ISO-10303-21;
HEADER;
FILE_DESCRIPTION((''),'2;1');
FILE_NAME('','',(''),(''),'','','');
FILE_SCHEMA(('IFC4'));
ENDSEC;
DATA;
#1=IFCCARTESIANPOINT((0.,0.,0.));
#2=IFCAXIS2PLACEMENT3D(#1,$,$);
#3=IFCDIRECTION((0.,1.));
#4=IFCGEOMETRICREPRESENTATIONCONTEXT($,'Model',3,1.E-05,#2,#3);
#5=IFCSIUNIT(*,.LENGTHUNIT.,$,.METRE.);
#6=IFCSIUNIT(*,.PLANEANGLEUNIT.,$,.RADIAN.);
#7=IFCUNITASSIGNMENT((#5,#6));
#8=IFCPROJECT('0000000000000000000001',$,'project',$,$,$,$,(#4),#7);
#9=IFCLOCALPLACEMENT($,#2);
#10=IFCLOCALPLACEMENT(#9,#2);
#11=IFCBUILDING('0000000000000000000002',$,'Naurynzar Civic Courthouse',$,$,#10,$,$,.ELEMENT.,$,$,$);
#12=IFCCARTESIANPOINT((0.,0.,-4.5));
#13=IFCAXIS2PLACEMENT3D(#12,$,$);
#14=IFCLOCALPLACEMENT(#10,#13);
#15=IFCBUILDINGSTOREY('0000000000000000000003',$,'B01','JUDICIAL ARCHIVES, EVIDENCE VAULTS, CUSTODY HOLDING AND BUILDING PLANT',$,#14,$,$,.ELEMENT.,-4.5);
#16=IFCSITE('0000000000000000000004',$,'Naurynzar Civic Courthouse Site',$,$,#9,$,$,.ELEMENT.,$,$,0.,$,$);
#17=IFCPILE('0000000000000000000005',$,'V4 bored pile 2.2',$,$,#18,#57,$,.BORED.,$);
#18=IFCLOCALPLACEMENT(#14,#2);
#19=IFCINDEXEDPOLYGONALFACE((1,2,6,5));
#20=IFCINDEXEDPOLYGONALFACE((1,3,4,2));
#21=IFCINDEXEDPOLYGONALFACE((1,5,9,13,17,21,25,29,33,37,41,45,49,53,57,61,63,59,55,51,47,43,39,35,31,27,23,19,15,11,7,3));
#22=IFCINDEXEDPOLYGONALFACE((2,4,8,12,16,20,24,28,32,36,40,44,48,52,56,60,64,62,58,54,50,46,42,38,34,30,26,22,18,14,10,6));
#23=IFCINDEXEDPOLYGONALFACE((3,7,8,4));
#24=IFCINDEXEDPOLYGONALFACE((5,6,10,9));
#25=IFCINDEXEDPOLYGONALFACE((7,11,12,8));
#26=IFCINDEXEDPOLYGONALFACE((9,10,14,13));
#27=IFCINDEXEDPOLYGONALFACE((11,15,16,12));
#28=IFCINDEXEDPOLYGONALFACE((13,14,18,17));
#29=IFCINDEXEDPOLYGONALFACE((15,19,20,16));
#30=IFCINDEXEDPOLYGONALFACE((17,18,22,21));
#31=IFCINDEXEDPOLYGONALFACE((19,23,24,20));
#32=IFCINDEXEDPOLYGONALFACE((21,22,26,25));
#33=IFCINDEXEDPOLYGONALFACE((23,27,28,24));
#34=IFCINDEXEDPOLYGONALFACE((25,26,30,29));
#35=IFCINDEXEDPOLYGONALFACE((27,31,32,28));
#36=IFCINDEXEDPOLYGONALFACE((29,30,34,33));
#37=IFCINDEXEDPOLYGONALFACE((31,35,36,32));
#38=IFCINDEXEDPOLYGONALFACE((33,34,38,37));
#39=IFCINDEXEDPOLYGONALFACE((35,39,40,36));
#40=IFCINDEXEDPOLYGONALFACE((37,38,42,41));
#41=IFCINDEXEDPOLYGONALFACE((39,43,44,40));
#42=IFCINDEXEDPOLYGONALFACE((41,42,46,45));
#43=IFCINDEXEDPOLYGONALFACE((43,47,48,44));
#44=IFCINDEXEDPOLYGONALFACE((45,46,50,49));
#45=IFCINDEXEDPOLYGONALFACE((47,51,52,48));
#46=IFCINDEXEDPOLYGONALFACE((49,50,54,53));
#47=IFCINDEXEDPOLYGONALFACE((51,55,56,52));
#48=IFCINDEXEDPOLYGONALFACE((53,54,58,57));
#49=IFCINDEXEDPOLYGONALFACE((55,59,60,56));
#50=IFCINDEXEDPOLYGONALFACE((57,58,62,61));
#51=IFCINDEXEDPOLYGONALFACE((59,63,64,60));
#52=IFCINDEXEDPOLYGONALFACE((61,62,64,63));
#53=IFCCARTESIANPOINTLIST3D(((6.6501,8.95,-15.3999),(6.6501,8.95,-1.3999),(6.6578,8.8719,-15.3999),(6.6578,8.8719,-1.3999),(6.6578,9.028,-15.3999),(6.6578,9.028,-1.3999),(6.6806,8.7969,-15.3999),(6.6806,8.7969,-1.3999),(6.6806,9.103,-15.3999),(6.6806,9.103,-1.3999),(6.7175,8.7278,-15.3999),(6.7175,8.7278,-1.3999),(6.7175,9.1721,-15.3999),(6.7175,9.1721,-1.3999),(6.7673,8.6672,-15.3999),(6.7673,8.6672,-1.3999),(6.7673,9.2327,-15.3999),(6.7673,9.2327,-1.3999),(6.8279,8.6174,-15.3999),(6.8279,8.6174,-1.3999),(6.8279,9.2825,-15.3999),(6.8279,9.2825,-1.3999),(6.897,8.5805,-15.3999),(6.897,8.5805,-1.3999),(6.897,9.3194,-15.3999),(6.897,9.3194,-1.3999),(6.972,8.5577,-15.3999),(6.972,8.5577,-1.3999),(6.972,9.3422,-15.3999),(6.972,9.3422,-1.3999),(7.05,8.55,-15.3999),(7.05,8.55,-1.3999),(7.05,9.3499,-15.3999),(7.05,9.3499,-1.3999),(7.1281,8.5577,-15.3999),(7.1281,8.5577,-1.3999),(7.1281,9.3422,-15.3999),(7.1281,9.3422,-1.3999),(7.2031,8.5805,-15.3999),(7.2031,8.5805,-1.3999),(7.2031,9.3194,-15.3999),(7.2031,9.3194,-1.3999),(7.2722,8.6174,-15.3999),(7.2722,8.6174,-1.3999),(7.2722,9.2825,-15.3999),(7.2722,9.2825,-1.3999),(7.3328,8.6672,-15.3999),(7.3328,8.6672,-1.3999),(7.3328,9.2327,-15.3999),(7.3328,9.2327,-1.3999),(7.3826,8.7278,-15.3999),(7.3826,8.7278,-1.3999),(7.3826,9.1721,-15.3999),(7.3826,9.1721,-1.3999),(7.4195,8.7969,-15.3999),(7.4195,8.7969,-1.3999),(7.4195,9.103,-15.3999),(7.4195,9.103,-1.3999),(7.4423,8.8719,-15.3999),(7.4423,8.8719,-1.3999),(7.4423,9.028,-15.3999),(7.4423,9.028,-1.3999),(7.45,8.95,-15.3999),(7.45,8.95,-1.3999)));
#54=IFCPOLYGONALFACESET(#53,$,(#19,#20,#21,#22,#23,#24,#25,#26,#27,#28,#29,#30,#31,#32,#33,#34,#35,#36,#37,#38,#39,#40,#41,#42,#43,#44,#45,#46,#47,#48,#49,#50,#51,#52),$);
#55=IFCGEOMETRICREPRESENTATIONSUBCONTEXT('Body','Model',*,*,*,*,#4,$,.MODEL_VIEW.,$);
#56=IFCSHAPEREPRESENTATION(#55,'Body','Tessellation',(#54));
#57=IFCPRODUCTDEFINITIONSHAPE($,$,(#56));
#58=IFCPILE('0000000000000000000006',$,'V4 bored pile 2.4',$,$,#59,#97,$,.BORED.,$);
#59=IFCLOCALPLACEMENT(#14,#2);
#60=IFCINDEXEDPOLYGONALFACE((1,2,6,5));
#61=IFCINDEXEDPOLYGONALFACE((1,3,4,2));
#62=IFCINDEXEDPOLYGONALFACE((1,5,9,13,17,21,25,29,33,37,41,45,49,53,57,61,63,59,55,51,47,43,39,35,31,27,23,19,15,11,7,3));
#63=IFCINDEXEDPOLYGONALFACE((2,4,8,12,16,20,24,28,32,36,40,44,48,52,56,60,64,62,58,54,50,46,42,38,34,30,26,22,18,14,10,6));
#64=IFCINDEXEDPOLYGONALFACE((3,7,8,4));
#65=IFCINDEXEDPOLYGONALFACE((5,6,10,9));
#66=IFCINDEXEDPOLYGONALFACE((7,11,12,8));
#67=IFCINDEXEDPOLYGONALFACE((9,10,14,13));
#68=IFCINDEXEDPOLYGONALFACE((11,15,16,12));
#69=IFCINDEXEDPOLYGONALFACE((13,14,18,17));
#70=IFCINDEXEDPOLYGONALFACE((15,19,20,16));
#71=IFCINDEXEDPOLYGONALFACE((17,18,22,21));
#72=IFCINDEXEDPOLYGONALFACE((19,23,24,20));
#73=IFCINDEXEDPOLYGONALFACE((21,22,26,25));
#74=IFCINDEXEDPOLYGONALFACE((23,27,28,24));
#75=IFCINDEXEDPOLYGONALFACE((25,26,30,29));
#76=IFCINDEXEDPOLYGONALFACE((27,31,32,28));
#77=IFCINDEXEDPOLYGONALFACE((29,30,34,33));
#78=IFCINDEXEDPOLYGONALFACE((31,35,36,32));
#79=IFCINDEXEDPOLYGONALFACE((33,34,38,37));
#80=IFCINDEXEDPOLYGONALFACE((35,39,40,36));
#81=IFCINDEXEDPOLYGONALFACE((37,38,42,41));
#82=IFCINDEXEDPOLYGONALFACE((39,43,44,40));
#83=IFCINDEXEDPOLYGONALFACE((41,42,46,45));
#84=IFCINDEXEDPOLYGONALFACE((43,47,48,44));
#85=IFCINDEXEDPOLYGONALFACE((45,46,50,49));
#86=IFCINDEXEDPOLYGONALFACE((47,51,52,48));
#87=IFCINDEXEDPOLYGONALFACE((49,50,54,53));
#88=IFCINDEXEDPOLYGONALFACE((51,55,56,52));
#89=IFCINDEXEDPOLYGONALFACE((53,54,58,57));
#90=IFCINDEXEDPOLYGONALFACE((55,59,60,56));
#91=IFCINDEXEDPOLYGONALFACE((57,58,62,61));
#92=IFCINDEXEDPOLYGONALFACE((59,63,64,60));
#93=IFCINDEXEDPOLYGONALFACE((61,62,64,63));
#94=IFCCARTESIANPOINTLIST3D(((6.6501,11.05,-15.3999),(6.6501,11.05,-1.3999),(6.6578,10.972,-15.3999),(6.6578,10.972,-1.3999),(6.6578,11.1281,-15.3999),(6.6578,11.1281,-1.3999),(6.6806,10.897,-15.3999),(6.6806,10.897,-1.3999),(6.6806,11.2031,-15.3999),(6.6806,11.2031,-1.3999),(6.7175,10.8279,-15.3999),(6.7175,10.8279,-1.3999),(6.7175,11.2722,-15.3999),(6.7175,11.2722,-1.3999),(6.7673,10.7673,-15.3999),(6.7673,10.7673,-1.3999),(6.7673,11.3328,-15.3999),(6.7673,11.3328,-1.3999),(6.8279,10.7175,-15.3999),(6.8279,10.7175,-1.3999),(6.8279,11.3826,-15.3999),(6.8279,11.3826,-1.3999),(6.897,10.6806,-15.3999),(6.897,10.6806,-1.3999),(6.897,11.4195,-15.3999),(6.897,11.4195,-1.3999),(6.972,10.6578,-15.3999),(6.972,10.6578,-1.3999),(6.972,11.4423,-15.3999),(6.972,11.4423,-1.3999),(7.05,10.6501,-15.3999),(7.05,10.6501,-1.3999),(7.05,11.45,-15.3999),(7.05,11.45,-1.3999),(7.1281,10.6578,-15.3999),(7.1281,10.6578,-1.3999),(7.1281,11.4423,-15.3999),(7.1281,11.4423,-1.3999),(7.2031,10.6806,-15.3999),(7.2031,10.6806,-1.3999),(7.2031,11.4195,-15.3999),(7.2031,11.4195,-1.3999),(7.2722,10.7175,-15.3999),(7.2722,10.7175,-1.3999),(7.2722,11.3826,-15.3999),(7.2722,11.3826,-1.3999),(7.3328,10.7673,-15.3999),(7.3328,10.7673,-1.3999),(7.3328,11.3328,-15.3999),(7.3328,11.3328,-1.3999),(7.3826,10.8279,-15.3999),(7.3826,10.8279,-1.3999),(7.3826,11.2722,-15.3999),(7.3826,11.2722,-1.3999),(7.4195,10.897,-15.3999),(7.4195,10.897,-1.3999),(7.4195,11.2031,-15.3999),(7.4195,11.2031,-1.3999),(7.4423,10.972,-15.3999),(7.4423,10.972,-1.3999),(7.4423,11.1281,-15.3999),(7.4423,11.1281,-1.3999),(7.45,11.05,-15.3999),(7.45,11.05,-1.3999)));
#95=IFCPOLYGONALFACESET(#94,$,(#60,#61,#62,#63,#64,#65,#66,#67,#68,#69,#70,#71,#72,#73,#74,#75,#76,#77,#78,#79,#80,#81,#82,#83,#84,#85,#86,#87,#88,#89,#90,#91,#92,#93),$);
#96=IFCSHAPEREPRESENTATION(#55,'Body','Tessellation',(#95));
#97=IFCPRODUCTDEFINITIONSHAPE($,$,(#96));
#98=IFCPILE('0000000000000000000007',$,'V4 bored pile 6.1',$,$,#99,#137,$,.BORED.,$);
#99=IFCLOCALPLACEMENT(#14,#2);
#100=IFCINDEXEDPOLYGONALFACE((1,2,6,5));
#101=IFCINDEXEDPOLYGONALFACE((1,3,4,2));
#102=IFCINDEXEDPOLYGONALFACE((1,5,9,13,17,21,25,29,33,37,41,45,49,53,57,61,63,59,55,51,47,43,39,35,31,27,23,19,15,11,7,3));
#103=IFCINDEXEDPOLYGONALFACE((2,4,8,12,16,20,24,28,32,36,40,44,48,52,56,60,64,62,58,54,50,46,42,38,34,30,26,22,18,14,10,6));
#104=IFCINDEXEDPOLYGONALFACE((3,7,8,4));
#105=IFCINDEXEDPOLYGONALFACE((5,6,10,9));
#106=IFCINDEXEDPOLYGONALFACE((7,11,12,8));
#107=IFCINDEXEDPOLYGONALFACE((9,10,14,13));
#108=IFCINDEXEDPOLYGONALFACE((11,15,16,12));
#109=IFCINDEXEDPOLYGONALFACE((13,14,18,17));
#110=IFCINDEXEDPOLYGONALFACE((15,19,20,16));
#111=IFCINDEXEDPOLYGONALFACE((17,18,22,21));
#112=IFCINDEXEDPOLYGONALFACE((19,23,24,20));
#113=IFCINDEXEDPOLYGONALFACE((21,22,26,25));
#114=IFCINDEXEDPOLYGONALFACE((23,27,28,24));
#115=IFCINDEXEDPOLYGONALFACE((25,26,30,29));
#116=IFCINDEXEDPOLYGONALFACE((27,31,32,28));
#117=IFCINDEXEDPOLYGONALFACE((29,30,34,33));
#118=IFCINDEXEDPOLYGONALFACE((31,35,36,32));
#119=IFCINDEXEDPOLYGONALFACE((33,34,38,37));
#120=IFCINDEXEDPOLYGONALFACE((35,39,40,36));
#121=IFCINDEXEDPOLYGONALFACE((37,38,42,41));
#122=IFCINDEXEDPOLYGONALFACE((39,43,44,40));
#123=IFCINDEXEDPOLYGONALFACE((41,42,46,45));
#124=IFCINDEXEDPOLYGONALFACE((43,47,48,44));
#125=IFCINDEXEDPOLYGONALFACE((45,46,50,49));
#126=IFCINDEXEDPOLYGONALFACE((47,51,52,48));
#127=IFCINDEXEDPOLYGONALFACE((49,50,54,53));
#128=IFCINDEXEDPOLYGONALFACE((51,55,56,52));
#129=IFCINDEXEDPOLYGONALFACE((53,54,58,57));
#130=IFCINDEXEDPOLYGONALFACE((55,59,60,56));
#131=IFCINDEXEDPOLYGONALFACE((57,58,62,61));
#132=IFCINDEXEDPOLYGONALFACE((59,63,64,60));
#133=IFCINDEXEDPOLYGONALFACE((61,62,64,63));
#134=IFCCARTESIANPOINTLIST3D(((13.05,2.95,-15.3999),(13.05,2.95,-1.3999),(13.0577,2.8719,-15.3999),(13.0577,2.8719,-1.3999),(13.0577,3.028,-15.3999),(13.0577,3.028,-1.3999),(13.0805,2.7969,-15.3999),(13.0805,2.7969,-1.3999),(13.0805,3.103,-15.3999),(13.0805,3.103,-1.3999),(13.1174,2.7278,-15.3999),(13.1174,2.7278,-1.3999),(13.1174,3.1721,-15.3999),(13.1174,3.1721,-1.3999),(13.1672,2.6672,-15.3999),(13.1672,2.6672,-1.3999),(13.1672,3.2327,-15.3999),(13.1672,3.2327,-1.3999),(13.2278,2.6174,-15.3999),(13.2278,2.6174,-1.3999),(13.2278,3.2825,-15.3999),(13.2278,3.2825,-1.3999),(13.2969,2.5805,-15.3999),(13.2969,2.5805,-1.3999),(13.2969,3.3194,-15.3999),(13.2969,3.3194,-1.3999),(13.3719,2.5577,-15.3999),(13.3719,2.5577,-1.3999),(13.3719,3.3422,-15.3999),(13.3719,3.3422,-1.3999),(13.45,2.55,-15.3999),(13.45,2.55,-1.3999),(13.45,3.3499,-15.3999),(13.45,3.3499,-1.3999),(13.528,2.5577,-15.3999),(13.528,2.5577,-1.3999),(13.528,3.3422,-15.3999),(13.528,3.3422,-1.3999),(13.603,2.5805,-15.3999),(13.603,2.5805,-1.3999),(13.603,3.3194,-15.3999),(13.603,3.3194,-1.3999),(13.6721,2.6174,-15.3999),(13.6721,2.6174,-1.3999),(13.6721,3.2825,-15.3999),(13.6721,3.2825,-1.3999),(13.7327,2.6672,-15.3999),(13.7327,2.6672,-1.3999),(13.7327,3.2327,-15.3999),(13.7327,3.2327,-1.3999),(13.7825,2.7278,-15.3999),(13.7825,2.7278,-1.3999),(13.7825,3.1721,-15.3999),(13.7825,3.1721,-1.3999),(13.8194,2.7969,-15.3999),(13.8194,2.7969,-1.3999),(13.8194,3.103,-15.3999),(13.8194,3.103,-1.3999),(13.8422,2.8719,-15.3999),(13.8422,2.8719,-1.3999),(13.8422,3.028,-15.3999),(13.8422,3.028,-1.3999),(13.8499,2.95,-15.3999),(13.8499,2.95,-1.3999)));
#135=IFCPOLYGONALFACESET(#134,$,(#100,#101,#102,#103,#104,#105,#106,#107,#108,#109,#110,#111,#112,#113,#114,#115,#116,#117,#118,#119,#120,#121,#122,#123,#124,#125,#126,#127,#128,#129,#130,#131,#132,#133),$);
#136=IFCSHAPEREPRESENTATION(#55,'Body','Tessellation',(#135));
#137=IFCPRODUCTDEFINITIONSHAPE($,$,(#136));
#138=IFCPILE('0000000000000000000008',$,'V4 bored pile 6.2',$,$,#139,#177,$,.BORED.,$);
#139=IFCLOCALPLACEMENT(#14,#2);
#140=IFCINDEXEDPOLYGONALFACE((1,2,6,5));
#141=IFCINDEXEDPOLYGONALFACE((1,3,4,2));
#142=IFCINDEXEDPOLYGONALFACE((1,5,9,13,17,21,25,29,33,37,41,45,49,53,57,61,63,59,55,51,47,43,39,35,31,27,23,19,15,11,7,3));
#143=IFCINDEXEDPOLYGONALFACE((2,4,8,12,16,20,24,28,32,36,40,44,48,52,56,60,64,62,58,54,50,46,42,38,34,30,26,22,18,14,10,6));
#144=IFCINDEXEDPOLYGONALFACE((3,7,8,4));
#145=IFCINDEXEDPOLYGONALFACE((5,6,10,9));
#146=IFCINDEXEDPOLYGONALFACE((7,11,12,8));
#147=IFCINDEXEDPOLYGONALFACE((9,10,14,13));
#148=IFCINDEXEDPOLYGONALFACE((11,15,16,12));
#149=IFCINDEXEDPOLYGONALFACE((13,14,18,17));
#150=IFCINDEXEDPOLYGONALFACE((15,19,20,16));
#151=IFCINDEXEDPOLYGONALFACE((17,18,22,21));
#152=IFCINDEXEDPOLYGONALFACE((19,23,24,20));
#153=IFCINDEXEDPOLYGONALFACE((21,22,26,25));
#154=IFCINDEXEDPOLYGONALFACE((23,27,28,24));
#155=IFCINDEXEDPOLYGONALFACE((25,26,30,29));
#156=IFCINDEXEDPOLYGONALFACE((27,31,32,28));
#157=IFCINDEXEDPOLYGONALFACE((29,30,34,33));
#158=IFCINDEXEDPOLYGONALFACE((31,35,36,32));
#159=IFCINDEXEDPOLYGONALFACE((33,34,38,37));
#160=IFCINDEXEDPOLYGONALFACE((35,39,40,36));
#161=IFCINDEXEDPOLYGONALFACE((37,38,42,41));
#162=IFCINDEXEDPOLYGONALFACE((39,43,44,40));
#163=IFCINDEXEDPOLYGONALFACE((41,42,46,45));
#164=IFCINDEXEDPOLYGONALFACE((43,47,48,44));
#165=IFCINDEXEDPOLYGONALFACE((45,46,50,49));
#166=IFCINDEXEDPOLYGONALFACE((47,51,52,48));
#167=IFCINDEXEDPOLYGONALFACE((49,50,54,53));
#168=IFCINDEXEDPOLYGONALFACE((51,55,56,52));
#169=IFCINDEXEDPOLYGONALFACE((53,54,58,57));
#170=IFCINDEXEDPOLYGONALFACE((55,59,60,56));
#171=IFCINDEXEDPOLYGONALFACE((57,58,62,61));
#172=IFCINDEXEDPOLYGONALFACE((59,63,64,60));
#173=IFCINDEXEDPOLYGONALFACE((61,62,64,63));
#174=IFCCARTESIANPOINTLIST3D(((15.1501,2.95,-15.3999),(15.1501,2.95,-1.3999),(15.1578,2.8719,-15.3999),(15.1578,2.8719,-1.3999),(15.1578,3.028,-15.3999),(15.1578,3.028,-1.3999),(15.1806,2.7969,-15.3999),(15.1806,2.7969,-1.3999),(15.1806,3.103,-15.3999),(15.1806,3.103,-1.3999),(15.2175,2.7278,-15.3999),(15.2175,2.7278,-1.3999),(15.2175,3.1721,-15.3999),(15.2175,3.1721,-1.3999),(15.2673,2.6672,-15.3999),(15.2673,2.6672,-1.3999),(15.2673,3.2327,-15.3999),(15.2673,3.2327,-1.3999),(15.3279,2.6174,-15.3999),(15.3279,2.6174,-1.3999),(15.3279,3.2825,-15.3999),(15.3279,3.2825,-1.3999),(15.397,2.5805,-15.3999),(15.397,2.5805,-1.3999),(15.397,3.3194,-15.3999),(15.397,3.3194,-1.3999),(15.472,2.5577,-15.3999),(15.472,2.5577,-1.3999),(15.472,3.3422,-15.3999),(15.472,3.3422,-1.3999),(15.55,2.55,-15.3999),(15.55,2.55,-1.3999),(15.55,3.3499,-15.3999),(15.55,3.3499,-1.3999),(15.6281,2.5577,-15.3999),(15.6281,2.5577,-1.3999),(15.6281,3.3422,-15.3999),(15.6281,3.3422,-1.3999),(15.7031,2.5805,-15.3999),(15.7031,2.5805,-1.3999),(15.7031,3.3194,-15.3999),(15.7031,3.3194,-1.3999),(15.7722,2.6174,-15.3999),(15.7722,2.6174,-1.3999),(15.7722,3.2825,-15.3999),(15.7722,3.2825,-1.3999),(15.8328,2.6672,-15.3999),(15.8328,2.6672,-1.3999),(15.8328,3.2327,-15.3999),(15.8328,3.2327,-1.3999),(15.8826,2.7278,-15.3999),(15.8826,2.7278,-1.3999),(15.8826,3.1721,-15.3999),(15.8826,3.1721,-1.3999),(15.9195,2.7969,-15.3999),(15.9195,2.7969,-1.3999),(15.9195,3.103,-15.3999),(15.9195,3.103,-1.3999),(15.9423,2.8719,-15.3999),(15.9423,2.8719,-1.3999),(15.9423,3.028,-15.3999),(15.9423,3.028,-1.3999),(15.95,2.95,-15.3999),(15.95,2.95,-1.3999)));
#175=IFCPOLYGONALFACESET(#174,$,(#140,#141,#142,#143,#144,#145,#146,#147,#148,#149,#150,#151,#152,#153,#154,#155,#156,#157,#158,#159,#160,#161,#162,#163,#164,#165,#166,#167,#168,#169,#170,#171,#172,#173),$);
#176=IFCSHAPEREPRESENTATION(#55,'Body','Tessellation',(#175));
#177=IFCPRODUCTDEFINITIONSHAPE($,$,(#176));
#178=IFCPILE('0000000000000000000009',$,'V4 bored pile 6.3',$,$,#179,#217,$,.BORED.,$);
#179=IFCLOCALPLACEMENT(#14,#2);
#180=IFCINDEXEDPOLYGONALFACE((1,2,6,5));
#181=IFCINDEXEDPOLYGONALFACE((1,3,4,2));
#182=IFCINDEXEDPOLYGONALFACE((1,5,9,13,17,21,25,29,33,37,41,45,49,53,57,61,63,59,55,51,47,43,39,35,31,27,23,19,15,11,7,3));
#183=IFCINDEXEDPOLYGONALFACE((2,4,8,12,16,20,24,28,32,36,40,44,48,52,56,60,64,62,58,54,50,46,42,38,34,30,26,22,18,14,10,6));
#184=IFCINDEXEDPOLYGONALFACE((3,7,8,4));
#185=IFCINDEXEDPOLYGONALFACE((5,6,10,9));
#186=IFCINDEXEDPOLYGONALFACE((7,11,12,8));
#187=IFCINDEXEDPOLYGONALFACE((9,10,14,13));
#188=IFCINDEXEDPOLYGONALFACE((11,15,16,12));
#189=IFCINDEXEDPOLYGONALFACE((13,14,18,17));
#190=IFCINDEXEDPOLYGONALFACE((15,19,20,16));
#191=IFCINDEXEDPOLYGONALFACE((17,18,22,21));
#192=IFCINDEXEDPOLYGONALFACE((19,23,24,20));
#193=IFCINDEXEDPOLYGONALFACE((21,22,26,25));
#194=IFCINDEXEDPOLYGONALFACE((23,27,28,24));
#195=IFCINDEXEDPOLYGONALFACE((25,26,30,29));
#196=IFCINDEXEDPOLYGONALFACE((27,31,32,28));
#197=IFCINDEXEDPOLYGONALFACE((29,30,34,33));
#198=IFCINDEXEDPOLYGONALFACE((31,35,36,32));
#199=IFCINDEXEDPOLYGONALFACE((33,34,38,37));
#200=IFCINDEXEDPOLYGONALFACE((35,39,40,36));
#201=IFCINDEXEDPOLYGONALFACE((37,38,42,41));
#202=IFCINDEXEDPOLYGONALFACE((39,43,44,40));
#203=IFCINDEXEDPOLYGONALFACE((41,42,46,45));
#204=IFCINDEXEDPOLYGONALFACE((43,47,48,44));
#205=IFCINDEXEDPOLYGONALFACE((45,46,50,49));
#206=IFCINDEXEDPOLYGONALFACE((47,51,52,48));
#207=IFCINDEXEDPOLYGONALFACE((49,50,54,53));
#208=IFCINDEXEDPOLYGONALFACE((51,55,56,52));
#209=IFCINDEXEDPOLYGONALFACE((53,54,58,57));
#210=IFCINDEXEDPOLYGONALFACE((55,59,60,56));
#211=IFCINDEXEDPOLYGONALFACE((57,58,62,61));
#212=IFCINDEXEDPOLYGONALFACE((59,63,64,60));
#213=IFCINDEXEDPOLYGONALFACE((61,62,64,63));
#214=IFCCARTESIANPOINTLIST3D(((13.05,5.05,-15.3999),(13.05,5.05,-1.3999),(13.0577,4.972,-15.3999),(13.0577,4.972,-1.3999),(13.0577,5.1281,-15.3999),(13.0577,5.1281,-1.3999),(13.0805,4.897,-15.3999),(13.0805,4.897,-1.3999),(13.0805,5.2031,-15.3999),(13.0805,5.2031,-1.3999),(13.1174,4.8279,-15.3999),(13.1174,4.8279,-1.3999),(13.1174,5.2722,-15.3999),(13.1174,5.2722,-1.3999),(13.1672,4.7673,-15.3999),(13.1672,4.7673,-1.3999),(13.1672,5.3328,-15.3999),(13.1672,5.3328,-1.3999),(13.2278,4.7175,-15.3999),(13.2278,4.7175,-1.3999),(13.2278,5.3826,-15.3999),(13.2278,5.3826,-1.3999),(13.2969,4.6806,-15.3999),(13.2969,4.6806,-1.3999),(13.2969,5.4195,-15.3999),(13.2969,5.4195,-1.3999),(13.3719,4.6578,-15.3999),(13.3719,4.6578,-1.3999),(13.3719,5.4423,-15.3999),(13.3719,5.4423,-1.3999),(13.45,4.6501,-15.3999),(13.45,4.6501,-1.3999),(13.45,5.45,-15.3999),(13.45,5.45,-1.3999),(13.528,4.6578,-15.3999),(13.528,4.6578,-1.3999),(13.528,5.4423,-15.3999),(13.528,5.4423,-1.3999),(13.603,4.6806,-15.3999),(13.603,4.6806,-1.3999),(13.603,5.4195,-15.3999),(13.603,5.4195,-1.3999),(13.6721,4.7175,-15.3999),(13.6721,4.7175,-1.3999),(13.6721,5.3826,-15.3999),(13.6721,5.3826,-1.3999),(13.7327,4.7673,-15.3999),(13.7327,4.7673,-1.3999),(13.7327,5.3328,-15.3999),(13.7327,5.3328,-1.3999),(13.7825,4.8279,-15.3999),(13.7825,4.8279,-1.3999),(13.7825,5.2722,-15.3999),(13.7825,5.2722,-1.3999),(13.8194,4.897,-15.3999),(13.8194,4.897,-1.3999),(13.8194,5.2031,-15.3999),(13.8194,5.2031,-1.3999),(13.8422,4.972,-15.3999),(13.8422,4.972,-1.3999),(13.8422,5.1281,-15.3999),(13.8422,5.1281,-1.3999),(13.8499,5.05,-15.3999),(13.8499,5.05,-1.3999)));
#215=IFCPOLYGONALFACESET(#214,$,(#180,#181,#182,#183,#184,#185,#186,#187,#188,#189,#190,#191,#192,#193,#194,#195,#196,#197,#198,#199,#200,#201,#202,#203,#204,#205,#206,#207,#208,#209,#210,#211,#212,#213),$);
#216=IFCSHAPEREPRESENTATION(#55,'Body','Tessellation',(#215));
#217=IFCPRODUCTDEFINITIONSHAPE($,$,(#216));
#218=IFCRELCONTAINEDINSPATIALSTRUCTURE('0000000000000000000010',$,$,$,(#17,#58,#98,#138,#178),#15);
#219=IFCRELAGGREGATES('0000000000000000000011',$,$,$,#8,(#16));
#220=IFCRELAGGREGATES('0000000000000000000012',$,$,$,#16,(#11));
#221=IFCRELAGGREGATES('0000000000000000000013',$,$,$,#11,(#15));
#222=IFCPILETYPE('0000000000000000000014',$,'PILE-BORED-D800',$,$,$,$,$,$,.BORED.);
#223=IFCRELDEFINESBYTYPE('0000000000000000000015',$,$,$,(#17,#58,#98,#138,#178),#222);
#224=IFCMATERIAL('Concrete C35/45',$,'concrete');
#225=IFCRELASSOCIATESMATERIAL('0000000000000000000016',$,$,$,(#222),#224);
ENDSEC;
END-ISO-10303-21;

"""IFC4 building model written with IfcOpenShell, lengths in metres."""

from ifc_helpers import new_model, si_unit, direction, frame, origin, origin_2d, place, context, subcontext, project, spatial, circle, extrude, material, material_profile, profile_set, type_object, element, save


model = new_model("IFC4")

# Units and contexts
model_context = context("Model", 3, precision=1e-05, world=origin(), true_north=direction((0.0, 1.0)))
body_context = subcontext(model_context, "Body", "Model", "MODEL_VIEW")
ifc_project = project(units=[si_unit("LENGTHUNIT", "METRE"), si_unit("PLANEANGLEUNIT", "RADIAN")], contexts=[model_context])

# Site, building, storey
site_placement = place(None, origin())
site = spatial("IfcSite", under=ifc_project, at=site_placement, Name="Naurynzar Civic Courthouse Site", CompositionType="ELEMENT", RefElevation=0.0)
building_placement = place(site_placement, origin())
building = spatial("IfcBuilding", under=site, at=building_placement, Name="Naurynzar Civic Courthouse", CompositionType="ELEMENT")
storey_placement = place(building_placement, frame((0.0, 0.0, -4.5)))
storey = spatial("IfcBuildingStorey", under=building, at=storey_placement, Name="B01", Description="JUDICIAL ARCHIVES, EVIDENCE VAULTS, CUSTODY HOLDING AND BUILDING PLANT", CompositionType="ELEMENT", Elevation=-4.5)

# Piles
ifc_material_1 = material(Name="Concrete C35/45", Category="concrete")
ifc_material_profile_1 = material_profile(ifc_material_1, circle(Radius=0.3999, at=origin_2d()), Name="PILE D800")
ifc_profile_set_1 = profile_set([ifc_material_profile_1], Name="Concrete C35/45")
pile_type = type_object("IfcPileType", Name="PILE-BORED-D800", PredefinedType="BORED", material=ifc_profile_set_1)
for number, where, z_axis, x_axis, name in (
    (1, (7.05, 8.95, -1.3999), (0.0, 0.0, -1.0), (1.0, 0.0, 0.0), "V4 bored pile 2.2"),
    (2, (7.05, 11.05, -1.3999), (0.0, 0.0, -1.0), (1.0, 0.0, 0.0), "V4 bored pile 2.4"),
    (3, (13.45, 2.95, -1.3999), (0.0, 0.0, -1.0), (1.0, 0.0, 0.0), "V4 bored pile 6.1"),
    (4, (15.55, 2.95, -1.3999), (0.0, 0.0, -1.0), (1.0, 0.0, 0.0), "V4 bored pile 6.2"),
    (5, (13.45, 5.05, -1.3999), (0.0, 0.0, -1.0), (1.0, 0.0, 0.0), "V4 bored pile 6.3"),
):
    element("IfcPile", number, at=place(storey_placement, frame(where, z_axis=z_axis, x_axis=x_axis)), inside=storey, type_object=pile_type, Name=name, PredefinedType="BORED", context=body_context, shape_type="SweptSolid", body=[
        extrude(circle(Radius=0.3999, at=origin_2d()), origin(), (0.0, 0.0, 1.0), 14.0),
    ])

save(model, "model.ifc")
